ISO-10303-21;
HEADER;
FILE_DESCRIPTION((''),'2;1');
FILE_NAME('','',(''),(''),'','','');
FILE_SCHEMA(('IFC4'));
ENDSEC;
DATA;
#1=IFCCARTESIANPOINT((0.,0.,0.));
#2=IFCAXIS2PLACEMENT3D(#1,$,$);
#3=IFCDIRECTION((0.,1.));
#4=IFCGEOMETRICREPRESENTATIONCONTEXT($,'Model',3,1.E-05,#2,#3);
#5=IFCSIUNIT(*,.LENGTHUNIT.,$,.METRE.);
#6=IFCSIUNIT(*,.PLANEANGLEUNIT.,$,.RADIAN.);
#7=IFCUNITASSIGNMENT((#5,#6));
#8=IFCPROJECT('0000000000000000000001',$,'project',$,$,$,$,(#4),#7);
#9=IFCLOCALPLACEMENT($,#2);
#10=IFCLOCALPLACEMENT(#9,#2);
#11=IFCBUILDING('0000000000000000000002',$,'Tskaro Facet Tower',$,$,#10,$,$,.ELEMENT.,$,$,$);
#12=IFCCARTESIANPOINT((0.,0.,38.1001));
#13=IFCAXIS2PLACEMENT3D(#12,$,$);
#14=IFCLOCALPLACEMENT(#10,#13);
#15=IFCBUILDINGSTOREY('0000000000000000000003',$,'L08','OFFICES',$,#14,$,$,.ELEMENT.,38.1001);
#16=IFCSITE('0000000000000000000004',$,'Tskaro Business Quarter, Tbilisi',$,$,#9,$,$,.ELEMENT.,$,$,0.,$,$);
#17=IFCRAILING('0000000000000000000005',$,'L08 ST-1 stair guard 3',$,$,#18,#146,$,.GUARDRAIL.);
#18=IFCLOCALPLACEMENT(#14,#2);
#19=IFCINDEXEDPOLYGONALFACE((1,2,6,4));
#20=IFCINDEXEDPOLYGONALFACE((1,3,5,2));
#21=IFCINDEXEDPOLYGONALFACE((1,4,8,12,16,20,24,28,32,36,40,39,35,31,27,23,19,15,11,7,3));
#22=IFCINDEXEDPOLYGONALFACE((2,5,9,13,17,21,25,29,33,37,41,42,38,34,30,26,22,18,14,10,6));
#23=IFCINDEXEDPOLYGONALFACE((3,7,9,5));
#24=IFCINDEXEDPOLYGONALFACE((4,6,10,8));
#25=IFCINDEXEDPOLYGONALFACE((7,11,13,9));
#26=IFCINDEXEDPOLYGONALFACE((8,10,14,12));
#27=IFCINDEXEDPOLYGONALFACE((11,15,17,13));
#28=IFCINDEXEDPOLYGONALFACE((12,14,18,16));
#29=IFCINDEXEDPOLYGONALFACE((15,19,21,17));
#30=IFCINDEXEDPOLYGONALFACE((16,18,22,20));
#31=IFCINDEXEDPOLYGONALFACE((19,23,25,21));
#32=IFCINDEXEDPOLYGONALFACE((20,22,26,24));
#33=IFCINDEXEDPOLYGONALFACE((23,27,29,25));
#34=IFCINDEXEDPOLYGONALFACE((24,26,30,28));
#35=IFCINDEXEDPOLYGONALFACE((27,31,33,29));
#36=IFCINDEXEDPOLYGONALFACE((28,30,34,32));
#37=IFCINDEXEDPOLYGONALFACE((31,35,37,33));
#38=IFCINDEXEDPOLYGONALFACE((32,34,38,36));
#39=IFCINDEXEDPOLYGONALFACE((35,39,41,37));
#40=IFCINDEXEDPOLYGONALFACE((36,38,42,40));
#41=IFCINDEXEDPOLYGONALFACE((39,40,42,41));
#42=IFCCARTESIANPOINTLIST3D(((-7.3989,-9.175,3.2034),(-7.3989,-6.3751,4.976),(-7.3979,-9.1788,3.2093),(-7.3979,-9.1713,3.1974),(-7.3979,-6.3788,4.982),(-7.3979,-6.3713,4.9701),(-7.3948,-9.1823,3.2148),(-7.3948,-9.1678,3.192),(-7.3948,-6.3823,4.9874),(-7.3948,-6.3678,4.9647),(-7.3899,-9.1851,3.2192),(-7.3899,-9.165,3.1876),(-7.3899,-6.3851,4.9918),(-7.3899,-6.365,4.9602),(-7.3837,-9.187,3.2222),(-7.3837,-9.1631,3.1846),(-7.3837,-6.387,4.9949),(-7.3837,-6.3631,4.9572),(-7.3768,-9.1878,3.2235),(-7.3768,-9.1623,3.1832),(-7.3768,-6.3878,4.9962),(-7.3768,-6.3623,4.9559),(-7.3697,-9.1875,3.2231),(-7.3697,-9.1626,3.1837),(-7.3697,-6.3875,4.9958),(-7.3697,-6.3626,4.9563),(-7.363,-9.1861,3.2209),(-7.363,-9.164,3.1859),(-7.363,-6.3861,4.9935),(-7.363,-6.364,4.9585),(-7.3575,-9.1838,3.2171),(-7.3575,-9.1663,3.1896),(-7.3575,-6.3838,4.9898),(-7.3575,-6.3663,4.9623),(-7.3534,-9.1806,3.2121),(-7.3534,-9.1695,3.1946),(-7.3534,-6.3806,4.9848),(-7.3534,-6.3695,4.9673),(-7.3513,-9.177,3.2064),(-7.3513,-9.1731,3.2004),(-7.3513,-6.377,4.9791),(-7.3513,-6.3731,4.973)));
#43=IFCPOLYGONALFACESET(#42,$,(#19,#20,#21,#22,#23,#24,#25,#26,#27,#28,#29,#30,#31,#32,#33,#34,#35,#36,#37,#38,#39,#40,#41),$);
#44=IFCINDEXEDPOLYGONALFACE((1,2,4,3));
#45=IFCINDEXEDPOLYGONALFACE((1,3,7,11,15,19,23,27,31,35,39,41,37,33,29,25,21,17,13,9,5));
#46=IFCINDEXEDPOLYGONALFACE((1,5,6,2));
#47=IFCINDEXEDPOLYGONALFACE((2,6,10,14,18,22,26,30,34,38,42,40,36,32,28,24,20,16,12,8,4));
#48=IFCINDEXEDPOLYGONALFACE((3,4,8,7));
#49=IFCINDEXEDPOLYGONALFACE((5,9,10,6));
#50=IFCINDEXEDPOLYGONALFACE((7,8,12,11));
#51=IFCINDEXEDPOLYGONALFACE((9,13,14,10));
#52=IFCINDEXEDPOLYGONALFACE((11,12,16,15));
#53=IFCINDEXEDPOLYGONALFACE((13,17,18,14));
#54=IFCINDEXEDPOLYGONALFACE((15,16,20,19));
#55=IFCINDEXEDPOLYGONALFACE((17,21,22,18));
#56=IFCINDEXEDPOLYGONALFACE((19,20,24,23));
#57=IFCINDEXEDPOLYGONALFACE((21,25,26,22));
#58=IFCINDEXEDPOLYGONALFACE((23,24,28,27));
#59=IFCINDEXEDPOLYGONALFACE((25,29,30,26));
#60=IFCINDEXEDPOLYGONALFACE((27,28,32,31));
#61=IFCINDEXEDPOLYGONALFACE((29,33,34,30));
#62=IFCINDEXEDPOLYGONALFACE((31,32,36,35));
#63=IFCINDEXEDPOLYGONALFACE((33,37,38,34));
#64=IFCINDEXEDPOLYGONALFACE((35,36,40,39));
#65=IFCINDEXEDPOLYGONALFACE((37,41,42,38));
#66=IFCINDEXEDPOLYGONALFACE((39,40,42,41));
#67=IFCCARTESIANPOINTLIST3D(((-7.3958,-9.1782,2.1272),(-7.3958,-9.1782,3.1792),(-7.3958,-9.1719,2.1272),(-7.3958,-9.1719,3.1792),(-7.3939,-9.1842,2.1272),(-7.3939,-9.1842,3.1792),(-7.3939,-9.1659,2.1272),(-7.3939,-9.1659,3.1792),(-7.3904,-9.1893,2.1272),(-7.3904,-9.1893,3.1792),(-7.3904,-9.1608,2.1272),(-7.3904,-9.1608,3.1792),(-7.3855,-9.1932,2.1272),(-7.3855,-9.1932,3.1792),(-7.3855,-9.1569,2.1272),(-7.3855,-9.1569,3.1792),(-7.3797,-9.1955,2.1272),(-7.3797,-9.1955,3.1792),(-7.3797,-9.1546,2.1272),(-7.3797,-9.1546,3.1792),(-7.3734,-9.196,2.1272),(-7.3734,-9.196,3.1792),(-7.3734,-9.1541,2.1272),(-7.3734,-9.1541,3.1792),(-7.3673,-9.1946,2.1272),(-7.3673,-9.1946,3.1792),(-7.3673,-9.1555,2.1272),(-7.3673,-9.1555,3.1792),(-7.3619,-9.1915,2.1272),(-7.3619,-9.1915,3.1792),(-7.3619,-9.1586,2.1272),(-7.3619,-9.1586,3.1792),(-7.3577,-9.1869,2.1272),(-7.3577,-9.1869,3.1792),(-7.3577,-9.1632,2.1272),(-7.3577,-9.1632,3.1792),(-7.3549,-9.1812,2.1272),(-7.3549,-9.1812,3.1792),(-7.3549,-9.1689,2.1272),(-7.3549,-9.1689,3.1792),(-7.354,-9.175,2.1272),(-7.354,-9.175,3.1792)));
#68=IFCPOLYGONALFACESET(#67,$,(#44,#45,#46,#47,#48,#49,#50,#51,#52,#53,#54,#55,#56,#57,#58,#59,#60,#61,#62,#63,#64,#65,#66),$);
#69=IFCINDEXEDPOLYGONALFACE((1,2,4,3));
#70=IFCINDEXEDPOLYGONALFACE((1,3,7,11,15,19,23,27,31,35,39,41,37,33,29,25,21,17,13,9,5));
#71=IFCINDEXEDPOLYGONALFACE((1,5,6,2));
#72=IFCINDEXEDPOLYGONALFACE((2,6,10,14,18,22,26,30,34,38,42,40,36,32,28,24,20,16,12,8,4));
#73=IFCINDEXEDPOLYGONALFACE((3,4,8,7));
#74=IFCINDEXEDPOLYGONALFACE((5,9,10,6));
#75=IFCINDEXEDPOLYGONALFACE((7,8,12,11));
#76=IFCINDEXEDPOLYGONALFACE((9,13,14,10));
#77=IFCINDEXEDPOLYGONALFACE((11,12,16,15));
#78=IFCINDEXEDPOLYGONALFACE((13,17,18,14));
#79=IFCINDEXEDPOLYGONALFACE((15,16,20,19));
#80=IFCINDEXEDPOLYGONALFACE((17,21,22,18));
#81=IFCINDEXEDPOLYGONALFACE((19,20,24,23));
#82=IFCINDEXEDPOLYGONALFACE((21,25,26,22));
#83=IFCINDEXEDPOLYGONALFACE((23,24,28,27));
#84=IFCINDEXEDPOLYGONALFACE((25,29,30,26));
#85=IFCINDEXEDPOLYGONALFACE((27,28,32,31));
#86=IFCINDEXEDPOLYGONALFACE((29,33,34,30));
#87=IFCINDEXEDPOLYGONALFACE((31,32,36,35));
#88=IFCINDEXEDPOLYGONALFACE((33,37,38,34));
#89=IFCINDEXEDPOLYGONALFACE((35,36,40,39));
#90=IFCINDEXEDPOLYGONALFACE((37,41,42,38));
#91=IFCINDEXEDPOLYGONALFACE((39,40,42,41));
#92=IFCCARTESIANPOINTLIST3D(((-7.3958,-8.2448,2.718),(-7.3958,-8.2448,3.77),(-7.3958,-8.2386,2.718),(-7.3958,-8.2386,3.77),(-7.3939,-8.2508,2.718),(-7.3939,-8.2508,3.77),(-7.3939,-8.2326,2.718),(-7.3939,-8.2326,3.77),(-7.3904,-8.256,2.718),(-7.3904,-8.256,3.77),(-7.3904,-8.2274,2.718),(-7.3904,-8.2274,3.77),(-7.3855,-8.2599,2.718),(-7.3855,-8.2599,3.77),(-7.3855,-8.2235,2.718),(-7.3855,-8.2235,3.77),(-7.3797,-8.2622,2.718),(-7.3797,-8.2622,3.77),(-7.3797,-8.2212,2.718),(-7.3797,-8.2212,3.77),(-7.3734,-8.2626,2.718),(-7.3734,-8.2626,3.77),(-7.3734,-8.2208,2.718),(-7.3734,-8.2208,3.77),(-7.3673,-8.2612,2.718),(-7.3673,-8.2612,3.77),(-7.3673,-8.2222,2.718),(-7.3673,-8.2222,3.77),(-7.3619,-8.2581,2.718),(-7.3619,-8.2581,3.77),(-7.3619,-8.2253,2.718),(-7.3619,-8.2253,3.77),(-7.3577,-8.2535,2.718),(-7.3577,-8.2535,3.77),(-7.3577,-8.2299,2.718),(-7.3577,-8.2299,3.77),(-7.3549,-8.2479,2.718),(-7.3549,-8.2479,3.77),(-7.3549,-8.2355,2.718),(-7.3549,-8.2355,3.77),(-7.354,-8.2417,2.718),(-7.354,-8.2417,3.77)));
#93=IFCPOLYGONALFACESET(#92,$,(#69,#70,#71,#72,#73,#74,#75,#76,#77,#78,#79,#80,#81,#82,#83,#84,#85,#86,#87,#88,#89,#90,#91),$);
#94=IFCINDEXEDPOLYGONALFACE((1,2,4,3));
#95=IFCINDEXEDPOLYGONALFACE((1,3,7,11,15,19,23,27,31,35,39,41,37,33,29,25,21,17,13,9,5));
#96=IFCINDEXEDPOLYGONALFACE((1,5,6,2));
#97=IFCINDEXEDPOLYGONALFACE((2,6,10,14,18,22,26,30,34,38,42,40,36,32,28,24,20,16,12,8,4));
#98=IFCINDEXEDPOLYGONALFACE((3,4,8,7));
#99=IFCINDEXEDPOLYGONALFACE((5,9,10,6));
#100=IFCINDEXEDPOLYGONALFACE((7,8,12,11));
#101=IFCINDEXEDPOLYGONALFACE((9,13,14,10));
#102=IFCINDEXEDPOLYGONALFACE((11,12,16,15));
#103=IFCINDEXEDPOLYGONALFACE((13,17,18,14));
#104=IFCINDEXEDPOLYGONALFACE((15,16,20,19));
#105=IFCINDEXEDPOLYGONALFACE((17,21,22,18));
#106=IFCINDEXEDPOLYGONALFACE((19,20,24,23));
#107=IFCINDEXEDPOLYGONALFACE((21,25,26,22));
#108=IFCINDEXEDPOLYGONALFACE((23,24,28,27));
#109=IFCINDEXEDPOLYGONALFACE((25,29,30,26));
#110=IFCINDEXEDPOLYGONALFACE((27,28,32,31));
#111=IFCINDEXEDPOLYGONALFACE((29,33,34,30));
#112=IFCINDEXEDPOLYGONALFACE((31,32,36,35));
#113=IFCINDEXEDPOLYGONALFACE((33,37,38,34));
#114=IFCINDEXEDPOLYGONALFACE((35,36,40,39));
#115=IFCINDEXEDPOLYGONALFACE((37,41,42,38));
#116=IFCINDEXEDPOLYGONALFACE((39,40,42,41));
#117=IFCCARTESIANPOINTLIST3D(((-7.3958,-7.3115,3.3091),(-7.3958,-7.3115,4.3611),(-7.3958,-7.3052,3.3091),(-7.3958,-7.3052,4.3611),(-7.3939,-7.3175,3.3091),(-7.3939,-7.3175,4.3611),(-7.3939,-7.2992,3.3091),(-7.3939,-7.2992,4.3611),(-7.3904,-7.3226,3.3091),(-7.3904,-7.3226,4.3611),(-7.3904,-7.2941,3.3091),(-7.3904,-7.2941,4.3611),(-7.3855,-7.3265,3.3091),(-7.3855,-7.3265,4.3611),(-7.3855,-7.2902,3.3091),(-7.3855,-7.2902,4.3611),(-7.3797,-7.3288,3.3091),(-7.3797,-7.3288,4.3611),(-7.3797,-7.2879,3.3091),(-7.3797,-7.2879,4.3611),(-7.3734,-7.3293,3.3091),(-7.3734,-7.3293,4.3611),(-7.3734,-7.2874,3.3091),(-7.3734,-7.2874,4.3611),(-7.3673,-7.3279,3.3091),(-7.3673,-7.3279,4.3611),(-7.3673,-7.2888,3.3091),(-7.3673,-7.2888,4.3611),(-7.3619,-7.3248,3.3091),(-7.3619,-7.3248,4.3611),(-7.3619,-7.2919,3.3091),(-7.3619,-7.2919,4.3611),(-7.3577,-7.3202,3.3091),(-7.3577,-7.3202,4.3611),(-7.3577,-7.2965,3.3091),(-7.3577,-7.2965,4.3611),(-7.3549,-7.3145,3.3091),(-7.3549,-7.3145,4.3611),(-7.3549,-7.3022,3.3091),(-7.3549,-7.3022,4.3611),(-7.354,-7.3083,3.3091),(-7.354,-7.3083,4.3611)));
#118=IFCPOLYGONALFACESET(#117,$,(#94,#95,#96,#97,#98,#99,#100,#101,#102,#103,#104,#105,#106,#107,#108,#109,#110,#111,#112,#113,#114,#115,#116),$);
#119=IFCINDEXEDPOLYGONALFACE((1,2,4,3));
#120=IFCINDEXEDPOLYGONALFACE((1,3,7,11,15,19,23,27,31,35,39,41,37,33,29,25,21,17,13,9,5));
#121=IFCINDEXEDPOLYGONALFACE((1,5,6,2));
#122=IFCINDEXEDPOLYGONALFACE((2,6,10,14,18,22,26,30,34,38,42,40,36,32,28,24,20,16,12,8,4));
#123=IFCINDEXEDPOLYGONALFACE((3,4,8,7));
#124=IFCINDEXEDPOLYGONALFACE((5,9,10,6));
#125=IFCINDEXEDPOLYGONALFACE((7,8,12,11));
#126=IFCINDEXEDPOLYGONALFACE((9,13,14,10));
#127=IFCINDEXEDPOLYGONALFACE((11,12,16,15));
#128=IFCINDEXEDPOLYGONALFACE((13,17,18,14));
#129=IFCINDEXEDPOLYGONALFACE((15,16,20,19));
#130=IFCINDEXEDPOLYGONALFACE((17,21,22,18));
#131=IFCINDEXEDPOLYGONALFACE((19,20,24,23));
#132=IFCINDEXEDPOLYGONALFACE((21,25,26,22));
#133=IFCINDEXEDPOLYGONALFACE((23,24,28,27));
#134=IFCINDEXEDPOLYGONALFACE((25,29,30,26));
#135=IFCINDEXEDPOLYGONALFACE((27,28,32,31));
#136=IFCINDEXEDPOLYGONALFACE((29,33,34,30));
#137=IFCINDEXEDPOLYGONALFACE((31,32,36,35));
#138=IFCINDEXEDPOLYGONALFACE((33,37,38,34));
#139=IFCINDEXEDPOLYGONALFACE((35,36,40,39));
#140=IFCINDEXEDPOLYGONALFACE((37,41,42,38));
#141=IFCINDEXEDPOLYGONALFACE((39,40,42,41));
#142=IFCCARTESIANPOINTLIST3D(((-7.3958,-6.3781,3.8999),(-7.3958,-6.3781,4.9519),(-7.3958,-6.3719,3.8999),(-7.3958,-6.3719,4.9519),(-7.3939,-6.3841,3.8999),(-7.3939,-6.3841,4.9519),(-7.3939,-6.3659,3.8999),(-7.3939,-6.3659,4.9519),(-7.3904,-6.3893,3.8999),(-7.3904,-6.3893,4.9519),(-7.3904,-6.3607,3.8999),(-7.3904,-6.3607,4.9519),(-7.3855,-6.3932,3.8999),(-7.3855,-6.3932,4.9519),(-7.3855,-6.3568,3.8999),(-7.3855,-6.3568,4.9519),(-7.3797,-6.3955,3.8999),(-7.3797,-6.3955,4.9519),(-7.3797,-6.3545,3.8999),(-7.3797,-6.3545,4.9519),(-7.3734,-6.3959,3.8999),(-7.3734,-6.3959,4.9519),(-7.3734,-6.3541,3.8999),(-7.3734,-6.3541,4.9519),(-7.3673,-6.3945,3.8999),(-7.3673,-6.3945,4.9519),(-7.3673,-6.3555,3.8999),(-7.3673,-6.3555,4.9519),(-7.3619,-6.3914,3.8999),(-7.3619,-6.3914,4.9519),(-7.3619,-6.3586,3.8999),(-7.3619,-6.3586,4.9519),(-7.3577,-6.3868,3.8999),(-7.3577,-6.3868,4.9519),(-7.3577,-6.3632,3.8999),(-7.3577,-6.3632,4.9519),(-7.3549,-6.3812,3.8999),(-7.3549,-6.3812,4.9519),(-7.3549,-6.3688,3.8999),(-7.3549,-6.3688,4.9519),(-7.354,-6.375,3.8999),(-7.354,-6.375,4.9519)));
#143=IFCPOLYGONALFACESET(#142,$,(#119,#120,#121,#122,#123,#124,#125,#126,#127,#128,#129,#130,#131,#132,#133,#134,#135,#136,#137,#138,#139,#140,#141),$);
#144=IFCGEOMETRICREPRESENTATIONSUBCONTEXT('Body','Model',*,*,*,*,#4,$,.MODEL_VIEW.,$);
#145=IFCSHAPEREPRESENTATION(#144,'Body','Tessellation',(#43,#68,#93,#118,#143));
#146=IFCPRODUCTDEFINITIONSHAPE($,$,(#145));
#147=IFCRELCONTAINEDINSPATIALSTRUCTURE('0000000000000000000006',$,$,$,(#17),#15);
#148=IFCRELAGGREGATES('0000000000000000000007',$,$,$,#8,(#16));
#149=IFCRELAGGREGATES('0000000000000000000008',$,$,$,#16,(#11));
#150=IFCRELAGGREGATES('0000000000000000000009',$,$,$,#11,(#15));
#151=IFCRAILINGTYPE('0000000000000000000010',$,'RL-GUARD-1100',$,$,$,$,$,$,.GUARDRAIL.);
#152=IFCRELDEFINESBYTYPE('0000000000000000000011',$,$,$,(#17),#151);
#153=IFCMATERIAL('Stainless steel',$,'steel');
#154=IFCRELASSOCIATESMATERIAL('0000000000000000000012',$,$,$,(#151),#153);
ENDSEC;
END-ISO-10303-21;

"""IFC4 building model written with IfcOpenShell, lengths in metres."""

from ifc_helpers import new_model, si_unit, direction, frame, origin, origin_2d, place, context, subcontext, project, spatial, circle, extrude, material, type_object, element, save


model = new_model("IFC4")

# Units and contexts
model_context = context("Model", 3, precision=1e-05, world=origin(), true_north=direction((0.0, 1.0)))
body_context = subcontext(model_context, "Body", "Model", "MODEL_VIEW")
ifc_project = project(units=[si_unit("LENGTHUNIT", "METRE"), si_unit("PLANEANGLEUNIT", "RADIAN")], contexts=[model_context])

# Site, building, storey
site_placement = place(None, origin())
site = spatial("IfcSite", under=ifc_project, at=site_placement, Name="Tskaro Business Quarter, Tbilisi", CompositionType="ELEMENT", RefElevation=0.0)
building_placement = place(site_placement, origin())
building = spatial("IfcBuilding", under=site, at=building_placement, Name="Tskaro Facet Tower", CompositionType="ELEMENT")
storey_placement = place(building_placement, frame((0.0, 0.0, 38.1001)))
storey = spatial("IfcBuildingStorey", under=building, at=storey_placement, Name="L08", Description="OFFICES", CompositionType="ELEMENT", Elevation=38.1001)

# Railing
ifc_material_1 = material(Name="Stainless steel", Category="steel")
railing_type = type_object("IfcRailingType", Name="RL-GUARD-1100", PredefinedType="GUARDRAIL", material=ifc_material_1)
railing_1_placement = place(storey_placement, frame((-7.375, -9.175, 2.1272)))
element("IfcRailing", 1, at=railing_1_placement, inside=storey, type_object=railing_type, Name="L08 ST-1 stair guard 3", PredefinedType="GUARDRAIL", context=body_context, shape_type="SweptSolid", body=[
    extrude(circle(Radius=0.0239, at=origin_2d()), frame((0.0, 0.0, 1.0762), z_axis=(0.0, 0.844909, 0.53491), x_axis=(-1.0, 0.0, 0.0)), (0.0, 0.0, 1.0), 3.314),
    extrude(circle(Radius=0.021, at=origin_2d()), origin(), (0.0, 0.0, 1.0), 1.052),
    extrude(circle(Radius=0.021, at=origin_2d()), frame((0.0, 0.9333, 0.5908)), (0.0, 0.0, 1.0), 1.052),
    extrude(circle(Radius=0.021, at=origin_2d()), frame((0.0, 1.8667, 1.1819)), (0.0, 0.0, 1.0), 1.052),
    extrude(circle(Radius=0.021, at=origin_2d()), frame((0.0, 2.8, 1.7727)), (0.0, 0.0, 1.0), 1.052),
])

save(model, "model.ifc")
